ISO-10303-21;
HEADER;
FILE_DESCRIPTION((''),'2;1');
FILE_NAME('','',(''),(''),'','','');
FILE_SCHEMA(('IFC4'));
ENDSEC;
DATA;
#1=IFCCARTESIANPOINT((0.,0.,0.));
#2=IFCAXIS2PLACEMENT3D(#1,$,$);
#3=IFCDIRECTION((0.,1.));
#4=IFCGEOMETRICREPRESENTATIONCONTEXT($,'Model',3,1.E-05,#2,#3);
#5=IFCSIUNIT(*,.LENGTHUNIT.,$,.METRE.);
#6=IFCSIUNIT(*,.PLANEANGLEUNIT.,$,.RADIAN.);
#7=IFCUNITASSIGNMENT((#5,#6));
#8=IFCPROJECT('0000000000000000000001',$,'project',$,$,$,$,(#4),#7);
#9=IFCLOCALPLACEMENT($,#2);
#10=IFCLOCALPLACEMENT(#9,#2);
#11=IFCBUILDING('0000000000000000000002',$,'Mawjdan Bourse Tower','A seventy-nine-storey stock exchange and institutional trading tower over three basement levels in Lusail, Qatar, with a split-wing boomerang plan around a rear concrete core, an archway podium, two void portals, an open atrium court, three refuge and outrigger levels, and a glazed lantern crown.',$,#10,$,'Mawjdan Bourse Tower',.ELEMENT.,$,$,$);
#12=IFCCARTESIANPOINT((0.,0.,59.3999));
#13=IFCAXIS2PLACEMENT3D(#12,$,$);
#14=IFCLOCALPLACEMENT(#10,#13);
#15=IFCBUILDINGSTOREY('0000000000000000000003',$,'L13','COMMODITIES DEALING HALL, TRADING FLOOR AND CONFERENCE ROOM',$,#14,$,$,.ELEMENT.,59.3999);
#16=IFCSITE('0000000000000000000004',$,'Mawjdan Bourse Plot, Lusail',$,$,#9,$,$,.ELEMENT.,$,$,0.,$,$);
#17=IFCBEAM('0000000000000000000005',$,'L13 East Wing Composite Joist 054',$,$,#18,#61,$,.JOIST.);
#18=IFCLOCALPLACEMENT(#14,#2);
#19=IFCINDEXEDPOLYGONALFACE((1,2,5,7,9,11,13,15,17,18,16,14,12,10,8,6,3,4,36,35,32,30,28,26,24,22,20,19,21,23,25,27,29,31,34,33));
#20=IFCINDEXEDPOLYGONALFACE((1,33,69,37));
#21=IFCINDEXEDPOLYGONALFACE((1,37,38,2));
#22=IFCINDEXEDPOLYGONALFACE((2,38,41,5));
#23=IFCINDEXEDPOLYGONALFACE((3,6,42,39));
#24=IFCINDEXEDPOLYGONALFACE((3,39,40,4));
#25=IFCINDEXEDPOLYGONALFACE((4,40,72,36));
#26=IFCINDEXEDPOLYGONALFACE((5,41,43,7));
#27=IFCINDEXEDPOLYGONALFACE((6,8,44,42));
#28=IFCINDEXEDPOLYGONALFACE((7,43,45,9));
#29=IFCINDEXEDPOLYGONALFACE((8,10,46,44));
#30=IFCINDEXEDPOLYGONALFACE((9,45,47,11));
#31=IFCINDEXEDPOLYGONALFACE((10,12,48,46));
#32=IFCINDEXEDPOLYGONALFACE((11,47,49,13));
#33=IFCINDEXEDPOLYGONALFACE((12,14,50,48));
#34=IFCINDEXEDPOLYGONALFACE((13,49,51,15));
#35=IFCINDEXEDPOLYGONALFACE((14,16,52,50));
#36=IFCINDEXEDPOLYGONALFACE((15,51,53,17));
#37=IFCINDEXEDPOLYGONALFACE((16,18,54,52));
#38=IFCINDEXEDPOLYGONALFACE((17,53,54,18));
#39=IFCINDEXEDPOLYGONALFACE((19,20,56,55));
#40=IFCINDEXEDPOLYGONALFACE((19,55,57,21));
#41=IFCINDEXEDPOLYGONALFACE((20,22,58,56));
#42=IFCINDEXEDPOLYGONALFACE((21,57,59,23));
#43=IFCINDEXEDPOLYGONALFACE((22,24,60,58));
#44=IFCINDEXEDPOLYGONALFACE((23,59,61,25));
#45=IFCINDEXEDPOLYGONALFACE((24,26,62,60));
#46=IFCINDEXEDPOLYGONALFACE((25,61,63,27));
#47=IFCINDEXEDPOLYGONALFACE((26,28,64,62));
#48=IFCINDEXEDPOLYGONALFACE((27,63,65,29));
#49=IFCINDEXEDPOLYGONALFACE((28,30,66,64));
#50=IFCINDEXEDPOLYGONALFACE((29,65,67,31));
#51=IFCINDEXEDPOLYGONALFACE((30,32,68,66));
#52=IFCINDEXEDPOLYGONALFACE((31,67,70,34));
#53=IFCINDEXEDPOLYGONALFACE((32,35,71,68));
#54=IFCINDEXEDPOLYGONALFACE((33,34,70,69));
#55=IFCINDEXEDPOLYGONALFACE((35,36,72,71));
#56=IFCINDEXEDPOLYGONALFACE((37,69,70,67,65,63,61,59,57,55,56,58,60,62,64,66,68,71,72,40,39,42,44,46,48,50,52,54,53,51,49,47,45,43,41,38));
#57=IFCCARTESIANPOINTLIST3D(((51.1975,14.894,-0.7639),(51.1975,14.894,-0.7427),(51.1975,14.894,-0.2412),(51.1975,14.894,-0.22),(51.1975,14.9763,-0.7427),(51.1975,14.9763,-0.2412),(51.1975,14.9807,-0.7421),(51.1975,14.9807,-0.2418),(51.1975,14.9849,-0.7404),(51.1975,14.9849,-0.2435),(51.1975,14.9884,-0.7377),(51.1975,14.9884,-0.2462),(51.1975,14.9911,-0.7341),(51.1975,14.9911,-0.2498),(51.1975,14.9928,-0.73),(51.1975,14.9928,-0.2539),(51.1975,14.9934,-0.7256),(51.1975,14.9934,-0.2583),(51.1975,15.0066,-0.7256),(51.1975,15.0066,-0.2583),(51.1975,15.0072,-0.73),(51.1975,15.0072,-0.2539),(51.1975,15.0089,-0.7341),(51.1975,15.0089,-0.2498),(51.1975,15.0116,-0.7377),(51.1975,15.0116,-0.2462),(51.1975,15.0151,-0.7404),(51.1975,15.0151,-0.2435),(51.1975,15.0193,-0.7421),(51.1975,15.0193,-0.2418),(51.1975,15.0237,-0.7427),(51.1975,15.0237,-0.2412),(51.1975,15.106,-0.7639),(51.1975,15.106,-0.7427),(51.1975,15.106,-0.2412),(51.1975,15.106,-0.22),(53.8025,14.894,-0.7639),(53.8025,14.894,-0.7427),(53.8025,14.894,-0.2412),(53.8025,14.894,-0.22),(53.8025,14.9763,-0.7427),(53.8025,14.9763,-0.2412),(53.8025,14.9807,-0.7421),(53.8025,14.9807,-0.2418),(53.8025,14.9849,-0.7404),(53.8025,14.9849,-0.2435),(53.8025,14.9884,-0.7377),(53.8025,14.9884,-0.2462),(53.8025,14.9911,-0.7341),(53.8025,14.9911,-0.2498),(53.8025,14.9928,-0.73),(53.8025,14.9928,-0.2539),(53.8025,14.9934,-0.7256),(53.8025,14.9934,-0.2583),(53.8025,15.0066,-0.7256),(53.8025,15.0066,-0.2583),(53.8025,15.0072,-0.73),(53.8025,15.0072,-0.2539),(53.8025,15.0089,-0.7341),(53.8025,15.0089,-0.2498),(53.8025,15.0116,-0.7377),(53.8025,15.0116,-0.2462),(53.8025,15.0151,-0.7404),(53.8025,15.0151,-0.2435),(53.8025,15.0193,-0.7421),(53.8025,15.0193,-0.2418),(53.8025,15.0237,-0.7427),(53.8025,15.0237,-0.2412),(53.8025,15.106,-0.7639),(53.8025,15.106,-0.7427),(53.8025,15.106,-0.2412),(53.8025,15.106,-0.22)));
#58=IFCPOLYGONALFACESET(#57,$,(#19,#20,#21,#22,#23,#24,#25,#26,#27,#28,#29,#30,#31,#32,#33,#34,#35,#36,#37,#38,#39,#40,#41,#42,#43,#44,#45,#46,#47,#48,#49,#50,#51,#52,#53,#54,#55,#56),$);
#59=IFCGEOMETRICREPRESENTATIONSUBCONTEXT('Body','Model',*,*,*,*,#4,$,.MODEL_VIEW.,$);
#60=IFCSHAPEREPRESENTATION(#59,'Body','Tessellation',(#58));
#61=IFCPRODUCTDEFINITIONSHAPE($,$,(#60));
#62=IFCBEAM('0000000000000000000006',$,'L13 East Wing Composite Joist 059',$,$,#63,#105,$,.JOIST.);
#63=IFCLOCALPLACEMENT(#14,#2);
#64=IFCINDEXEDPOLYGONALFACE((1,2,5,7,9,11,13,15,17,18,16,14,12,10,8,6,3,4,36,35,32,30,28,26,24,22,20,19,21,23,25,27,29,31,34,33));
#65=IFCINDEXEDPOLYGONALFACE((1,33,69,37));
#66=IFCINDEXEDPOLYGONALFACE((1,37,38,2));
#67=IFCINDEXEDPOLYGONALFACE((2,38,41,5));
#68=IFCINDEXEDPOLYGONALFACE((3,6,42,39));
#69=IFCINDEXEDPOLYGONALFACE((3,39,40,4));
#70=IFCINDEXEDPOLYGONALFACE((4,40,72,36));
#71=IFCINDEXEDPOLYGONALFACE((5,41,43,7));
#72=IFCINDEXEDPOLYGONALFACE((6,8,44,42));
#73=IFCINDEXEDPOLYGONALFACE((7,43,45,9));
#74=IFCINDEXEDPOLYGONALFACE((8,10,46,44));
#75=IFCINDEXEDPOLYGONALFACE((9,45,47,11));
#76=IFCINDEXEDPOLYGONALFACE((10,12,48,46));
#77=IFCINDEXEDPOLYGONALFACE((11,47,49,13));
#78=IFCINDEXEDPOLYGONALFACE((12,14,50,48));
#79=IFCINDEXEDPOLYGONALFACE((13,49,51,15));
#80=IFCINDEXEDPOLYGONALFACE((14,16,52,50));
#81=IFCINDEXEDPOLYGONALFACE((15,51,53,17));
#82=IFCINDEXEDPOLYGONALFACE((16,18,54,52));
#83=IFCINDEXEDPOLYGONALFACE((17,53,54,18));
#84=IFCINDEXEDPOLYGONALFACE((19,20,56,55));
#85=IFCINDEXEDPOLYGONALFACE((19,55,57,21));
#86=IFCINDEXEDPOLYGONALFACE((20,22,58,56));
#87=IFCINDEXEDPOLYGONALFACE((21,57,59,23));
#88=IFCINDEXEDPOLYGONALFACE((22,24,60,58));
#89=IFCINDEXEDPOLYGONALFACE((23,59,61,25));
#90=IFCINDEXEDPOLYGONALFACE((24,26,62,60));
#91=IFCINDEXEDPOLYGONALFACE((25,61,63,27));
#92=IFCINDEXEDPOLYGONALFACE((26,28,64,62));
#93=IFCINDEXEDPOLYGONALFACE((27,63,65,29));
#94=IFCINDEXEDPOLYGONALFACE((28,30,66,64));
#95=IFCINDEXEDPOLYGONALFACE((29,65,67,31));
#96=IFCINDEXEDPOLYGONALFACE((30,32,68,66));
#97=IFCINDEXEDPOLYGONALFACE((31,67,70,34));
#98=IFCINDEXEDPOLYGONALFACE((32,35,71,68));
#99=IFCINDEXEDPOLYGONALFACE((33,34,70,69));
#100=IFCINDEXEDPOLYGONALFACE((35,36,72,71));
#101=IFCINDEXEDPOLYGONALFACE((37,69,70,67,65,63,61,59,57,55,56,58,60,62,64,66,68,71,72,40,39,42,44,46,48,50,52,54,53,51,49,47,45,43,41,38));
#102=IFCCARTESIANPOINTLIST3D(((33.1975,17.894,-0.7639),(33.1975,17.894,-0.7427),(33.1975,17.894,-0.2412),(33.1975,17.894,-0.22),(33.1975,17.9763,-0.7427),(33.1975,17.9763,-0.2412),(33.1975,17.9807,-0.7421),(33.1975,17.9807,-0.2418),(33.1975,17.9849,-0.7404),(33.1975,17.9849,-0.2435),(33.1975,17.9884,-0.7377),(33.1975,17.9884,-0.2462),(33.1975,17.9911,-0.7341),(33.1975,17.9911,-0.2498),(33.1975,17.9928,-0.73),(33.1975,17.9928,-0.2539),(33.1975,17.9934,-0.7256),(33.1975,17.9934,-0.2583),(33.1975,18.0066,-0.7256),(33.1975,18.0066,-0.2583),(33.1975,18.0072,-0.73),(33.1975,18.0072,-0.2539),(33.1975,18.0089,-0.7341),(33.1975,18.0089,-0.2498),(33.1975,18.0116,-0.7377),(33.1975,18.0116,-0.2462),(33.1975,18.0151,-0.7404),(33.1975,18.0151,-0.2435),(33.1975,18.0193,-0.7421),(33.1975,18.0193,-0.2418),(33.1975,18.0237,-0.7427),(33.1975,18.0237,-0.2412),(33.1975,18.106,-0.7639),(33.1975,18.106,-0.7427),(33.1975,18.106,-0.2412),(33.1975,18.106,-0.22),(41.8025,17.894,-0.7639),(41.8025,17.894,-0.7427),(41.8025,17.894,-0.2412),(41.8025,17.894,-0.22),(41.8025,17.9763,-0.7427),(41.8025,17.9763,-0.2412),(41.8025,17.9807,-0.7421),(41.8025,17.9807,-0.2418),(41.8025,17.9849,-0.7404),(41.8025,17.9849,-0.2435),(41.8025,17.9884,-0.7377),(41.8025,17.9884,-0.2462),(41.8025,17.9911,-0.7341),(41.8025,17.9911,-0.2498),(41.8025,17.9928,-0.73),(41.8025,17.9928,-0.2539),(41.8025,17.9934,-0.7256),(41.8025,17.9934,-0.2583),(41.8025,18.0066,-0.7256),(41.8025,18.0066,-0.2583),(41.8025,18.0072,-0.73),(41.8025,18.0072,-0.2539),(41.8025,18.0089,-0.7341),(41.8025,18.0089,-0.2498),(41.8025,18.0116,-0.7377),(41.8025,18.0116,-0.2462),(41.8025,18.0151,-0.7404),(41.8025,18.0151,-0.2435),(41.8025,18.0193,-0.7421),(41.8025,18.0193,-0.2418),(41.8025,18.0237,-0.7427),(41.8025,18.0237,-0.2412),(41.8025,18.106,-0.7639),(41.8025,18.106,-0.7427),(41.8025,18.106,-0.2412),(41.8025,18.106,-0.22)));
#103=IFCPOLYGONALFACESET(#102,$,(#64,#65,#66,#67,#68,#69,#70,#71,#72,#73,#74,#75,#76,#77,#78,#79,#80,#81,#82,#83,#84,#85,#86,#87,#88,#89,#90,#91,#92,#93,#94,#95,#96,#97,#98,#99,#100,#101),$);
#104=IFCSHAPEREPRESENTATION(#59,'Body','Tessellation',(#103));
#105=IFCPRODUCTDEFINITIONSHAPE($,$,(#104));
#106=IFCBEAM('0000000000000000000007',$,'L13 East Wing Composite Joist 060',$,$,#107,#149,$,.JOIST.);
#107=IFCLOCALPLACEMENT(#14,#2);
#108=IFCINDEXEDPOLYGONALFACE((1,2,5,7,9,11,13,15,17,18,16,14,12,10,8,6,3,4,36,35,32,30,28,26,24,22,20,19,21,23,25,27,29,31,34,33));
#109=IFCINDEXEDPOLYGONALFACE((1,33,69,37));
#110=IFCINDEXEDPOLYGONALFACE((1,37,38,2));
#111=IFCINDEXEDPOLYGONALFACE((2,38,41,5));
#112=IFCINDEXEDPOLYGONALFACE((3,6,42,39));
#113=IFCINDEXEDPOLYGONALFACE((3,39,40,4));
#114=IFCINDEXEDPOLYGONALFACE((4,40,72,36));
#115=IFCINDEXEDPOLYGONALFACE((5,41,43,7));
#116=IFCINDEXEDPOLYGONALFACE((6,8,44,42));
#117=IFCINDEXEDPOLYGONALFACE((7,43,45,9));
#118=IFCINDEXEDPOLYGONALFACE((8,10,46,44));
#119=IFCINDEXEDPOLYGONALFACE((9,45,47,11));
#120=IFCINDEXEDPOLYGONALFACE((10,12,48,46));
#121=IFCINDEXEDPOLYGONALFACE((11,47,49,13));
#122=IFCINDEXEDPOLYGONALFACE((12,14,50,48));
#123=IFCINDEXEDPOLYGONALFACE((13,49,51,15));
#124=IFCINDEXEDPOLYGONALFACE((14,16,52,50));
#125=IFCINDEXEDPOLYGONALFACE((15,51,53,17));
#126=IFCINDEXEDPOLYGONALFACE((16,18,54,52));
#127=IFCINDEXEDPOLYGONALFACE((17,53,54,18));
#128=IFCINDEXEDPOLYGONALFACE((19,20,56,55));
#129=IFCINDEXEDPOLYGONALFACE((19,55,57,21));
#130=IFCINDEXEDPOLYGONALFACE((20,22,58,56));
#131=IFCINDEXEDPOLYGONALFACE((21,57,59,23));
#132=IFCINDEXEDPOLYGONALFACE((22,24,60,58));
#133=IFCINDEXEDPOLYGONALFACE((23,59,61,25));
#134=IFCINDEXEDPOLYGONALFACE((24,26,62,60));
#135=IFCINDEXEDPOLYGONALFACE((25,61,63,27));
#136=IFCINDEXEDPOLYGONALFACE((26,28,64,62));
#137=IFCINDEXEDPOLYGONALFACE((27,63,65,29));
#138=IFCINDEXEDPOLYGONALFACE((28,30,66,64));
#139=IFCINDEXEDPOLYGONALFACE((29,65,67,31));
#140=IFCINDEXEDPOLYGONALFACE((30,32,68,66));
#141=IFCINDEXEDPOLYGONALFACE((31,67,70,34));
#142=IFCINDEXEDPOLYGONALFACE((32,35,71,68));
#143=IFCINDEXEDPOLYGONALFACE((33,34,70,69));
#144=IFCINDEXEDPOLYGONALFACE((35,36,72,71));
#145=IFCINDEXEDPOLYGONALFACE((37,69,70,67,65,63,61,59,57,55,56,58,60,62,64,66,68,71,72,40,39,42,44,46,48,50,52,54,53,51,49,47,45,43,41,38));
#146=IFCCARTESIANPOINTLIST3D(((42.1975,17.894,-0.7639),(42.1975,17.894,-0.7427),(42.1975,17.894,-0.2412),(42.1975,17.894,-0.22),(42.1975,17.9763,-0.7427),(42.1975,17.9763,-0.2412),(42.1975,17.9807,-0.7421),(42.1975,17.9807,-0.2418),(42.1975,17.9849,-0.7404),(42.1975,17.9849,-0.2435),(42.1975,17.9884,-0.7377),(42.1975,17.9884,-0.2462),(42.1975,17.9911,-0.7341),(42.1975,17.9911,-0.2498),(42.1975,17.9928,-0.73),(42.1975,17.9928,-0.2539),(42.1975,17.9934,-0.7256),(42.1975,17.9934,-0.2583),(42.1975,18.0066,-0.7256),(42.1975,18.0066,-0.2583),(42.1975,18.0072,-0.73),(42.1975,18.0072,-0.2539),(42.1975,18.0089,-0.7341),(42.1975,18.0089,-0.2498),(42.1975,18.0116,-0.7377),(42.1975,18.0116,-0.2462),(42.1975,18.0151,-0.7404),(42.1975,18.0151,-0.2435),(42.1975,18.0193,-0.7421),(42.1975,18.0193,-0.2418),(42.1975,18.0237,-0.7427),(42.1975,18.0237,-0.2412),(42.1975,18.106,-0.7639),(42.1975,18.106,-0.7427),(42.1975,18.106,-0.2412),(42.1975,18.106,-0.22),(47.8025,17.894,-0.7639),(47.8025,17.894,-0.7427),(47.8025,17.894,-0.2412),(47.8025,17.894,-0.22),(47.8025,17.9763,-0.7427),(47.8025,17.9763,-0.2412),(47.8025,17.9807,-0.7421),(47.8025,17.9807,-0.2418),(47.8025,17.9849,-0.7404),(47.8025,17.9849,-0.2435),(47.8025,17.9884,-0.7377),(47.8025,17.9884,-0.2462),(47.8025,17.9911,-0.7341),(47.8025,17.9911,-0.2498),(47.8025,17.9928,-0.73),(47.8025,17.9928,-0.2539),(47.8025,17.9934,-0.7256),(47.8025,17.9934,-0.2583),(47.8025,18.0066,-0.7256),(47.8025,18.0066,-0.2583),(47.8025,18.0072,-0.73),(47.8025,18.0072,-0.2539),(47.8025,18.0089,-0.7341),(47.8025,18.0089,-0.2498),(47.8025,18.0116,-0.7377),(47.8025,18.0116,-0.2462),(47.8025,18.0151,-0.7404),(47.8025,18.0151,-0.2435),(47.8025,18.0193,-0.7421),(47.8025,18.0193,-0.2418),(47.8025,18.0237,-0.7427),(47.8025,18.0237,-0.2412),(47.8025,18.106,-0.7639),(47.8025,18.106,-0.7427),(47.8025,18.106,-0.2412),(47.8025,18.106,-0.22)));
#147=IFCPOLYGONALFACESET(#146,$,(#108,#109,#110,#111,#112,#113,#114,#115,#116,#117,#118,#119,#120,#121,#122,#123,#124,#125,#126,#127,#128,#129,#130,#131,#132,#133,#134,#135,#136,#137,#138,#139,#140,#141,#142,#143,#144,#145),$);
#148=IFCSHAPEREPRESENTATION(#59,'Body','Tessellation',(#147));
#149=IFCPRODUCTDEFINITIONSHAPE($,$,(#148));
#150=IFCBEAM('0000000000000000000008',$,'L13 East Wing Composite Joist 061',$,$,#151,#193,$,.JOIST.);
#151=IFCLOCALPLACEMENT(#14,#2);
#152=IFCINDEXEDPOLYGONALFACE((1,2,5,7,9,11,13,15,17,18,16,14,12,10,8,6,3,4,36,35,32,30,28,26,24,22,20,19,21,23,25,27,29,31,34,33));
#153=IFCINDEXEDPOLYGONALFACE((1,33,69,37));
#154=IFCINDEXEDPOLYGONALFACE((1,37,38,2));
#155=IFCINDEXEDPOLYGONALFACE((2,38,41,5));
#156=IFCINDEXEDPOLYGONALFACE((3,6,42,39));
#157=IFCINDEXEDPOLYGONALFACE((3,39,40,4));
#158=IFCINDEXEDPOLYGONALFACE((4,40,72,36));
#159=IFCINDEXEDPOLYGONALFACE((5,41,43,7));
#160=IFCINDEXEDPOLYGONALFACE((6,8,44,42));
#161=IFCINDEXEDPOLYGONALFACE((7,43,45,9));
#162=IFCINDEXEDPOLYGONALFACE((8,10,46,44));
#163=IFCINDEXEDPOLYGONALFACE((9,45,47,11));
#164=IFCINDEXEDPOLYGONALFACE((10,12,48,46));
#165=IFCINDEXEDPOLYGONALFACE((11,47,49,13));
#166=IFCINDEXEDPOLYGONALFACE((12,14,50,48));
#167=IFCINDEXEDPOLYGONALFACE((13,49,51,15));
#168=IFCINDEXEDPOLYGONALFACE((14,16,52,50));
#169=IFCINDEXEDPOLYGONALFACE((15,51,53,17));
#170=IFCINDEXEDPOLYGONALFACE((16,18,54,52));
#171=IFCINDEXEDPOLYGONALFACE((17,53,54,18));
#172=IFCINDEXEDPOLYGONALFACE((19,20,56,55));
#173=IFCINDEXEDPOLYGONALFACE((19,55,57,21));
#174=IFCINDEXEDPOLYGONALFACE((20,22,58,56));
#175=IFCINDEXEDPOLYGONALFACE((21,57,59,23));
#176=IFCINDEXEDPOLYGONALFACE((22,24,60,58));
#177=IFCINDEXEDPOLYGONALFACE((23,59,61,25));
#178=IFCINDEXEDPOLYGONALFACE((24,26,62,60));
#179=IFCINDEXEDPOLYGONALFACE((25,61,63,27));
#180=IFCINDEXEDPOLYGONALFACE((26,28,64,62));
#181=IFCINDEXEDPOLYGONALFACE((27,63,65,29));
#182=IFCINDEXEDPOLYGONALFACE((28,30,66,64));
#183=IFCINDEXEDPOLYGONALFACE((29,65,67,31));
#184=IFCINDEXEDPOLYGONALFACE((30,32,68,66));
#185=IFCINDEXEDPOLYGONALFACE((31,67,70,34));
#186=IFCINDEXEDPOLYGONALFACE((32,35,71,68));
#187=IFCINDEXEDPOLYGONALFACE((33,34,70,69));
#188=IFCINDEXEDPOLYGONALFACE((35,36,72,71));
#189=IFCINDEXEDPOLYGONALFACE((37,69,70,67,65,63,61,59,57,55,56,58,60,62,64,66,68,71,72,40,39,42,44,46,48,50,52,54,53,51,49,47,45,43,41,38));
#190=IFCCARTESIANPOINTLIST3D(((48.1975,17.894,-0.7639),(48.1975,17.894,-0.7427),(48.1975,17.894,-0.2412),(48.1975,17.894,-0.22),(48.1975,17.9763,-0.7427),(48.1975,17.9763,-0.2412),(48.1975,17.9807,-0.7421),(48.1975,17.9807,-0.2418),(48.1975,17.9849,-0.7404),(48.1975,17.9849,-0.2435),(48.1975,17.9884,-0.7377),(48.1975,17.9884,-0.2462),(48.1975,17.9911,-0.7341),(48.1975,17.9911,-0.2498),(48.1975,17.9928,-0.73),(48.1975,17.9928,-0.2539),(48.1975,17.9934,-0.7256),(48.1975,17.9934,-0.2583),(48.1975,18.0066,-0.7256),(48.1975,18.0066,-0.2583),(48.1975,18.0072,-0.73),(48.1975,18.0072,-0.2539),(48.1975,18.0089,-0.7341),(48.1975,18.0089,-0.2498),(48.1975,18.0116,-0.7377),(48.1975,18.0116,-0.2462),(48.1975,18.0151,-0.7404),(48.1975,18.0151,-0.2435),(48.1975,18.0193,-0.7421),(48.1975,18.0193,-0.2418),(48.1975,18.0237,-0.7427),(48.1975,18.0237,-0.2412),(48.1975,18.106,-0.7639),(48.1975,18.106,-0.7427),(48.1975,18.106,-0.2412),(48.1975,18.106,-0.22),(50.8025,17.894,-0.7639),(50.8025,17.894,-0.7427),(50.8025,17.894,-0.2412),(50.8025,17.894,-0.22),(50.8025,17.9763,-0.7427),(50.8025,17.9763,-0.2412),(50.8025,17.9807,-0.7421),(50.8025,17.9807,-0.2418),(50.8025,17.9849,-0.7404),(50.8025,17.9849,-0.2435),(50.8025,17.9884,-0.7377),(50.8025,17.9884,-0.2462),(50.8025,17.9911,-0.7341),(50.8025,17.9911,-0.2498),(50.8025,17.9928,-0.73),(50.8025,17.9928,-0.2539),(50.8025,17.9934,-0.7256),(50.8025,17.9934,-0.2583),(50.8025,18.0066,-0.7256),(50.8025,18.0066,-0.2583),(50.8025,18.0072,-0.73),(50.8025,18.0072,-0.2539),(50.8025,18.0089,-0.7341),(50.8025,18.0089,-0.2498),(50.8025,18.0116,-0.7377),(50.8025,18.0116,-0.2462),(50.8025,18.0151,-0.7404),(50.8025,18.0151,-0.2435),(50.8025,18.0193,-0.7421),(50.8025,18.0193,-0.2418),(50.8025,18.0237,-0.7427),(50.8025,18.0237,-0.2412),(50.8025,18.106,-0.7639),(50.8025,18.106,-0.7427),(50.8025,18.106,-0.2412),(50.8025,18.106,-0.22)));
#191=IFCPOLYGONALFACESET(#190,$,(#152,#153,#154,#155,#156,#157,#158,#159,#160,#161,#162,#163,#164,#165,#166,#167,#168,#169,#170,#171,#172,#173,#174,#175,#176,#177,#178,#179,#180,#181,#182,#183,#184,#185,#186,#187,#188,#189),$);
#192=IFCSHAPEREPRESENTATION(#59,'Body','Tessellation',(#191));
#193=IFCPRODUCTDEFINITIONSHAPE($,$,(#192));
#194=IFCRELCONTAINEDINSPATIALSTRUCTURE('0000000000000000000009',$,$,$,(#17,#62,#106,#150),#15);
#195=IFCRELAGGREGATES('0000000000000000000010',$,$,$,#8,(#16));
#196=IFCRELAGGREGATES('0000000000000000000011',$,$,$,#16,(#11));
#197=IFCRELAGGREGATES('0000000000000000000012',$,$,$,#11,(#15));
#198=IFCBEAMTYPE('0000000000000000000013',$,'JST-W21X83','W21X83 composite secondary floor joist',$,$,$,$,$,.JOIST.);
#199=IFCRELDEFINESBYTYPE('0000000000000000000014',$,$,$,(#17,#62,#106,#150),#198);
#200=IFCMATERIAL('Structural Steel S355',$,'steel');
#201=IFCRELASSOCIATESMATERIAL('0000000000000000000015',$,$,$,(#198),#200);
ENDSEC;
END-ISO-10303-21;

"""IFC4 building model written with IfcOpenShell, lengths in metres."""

from ifc_helpers import new_model, si_unit, direction, frame, origin, origin_2d, place, context, subcontext, project, spatial, i_section, extrude, material, material_profile, profile_set, type_object, element, save


model = new_model("IFC4")

# Units and contexts
model_context = context("Model", 3, precision=1e-05, world=origin(), true_north=direction((0.0, 1.0)))
body_context = subcontext(model_context, "Body", "Model", "MODEL_VIEW")
ifc_project = project(units=[si_unit("LENGTHUNIT", "METRE"), si_unit("PLANEANGLEUNIT", "RADIAN")], contexts=[model_context])

# Site, building, storey
site_placement = place(None, origin())
site = spatial("IfcSite", under=ifc_project, at=site_placement, Name="Mawjdan Bourse Plot, Lusail", CompositionType="ELEMENT", RefElevation=0.0)
building_placement = place(site_placement, origin())
building = spatial("IfcBuilding", under=site, at=building_placement, Name="Mawjdan Bourse Tower", Description="A seventy-nine-storey stock exchange and institutional trading tower over three basement levels in Lusail, Qatar, with a split-wing boomerang plan around a rear concrete core, an archway podium, two void portals, an open atrium court, three refuge and outrigger levels, and a glazed lantern crown.", LongName="Mawjdan Bourse Tower", CompositionType="ELEMENT")
storey_placement = place(building_placement, frame((0.0, 0.0, 59.3999)))
storey = spatial("IfcBuildingStorey", under=building, at=storey_placement, Name="L13", Description="COMMODITIES DEALING HALL, TRADING FLOOR AND CONFERENCE ROOM", CompositionType="ELEMENT", Elevation=59.3999)

# Beams
ifc_material_1 = material(Name="Structural Steel S355", Category="steel")
ifc_material_profile_1 = material_profile(ifc_material_1, i_section(OverallWidth=0.2119, OverallDepth=0.5439, WebThickness=0.0132, FlangeThickness=0.0212, FilletRadius=0.0171, at=origin_2d()), Name="W21X83")
ifc_profile_set_1 = profile_set([ifc_material_profile_1], Name="Structural Steel S355")
beam_type_1 = type_object("IfcBeamType", Name="JST-W21X83", Description="W21X83 composite secondary floor joist", PredefinedType="JOIST", material=ifc_profile_set_1)
for number, where, z_axis, x_axis, name in (
    (1, (51.1975, 15.0, -0.4919), (1.0, 0.0, 0.0), (0.0, 1.0, 0.0), "L13 East Wing Composite Joist 054"),
):
    element("IfcBeam", number, at=place(storey_placement, frame(where, z_axis=z_axis, x_axis=x_axis)), inside=storey, type_object=beam_type_1, Name=name, PredefinedType="JOIST", context=body_context, shape_type="SweptSolid", body=[
        extrude(i_section(OverallWidth=0.2119, OverallDepth=0.5439, WebThickness=0.0132, FlangeThickness=0.0212, FilletRadius=0.0171, at=origin_2d()), origin(), (0.0, 0.0, 1.0), 2.605),
    ])
beam_1_placement = place(storey_placement, frame((33.1975, 18.0, -0.4919), z_axis=(1.0, 0.0, 0.0), x_axis=(0.0, 1.0, 0.0)))
element("IfcBeam", 2, at=beam_1_placement, inside=storey, type_object=beam_type_1, Name="L13 East Wing Composite Joist 059", PredefinedType="JOIST", context=body_context, shape_type="SweptSolid", body=[
    extrude(i_section(OverallWidth=0.2119, OverallDepth=0.5439, WebThickness=0.0132, FlangeThickness=0.0212, FilletRadius=0.0171, at=origin_2d()), origin(), (0.0, 0.0, 1.0), 8.605),
])
beam_2_placement = place(storey_placement, frame((42.1975, 18.0, -0.4919), z_axis=(1.0, 0.0, 0.0), x_axis=(0.0, 1.0, 0.0)))
element("IfcBeam", 3, at=beam_2_placement, inside=storey, type_object=beam_type_1, Name="L13 East Wing Composite Joist 060", PredefinedType="JOIST", context=body_context, shape_type="SweptSolid", body=[
    extrude(i_section(OverallWidth=0.2119, OverallDepth=0.5439, WebThickness=0.0132, FlangeThickness=0.0212, FilletRadius=0.0171, at=origin_2d()), origin(), (0.0, 0.0, 1.0), 5.605),
])
beam_3_placement = place(storey_placement, frame((48.1975, 18.0, -0.4919), z_axis=(1.0, 0.0, 0.0), x_axis=(0.0, 1.0, 0.0)))
element("IfcBeam", 4, at=beam_3_placement, inside=storey, type_object=beam_type_1, Name="L13 East Wing Composite Joist 061", PredefinedType="JOIST", context=body_context, shape_type="SweptSolid", body=[
    extrude(i_section(OverallWidth=0.2119, OverallDepth=0.5439, WebThickness=0.0132, FlangeThickness=0.0212, FilletRadius=0.0171, at=origin_2d()), origin(), (0.0, 0.0, 1.0), 2.605),
])

save(model, "model.ifc")
